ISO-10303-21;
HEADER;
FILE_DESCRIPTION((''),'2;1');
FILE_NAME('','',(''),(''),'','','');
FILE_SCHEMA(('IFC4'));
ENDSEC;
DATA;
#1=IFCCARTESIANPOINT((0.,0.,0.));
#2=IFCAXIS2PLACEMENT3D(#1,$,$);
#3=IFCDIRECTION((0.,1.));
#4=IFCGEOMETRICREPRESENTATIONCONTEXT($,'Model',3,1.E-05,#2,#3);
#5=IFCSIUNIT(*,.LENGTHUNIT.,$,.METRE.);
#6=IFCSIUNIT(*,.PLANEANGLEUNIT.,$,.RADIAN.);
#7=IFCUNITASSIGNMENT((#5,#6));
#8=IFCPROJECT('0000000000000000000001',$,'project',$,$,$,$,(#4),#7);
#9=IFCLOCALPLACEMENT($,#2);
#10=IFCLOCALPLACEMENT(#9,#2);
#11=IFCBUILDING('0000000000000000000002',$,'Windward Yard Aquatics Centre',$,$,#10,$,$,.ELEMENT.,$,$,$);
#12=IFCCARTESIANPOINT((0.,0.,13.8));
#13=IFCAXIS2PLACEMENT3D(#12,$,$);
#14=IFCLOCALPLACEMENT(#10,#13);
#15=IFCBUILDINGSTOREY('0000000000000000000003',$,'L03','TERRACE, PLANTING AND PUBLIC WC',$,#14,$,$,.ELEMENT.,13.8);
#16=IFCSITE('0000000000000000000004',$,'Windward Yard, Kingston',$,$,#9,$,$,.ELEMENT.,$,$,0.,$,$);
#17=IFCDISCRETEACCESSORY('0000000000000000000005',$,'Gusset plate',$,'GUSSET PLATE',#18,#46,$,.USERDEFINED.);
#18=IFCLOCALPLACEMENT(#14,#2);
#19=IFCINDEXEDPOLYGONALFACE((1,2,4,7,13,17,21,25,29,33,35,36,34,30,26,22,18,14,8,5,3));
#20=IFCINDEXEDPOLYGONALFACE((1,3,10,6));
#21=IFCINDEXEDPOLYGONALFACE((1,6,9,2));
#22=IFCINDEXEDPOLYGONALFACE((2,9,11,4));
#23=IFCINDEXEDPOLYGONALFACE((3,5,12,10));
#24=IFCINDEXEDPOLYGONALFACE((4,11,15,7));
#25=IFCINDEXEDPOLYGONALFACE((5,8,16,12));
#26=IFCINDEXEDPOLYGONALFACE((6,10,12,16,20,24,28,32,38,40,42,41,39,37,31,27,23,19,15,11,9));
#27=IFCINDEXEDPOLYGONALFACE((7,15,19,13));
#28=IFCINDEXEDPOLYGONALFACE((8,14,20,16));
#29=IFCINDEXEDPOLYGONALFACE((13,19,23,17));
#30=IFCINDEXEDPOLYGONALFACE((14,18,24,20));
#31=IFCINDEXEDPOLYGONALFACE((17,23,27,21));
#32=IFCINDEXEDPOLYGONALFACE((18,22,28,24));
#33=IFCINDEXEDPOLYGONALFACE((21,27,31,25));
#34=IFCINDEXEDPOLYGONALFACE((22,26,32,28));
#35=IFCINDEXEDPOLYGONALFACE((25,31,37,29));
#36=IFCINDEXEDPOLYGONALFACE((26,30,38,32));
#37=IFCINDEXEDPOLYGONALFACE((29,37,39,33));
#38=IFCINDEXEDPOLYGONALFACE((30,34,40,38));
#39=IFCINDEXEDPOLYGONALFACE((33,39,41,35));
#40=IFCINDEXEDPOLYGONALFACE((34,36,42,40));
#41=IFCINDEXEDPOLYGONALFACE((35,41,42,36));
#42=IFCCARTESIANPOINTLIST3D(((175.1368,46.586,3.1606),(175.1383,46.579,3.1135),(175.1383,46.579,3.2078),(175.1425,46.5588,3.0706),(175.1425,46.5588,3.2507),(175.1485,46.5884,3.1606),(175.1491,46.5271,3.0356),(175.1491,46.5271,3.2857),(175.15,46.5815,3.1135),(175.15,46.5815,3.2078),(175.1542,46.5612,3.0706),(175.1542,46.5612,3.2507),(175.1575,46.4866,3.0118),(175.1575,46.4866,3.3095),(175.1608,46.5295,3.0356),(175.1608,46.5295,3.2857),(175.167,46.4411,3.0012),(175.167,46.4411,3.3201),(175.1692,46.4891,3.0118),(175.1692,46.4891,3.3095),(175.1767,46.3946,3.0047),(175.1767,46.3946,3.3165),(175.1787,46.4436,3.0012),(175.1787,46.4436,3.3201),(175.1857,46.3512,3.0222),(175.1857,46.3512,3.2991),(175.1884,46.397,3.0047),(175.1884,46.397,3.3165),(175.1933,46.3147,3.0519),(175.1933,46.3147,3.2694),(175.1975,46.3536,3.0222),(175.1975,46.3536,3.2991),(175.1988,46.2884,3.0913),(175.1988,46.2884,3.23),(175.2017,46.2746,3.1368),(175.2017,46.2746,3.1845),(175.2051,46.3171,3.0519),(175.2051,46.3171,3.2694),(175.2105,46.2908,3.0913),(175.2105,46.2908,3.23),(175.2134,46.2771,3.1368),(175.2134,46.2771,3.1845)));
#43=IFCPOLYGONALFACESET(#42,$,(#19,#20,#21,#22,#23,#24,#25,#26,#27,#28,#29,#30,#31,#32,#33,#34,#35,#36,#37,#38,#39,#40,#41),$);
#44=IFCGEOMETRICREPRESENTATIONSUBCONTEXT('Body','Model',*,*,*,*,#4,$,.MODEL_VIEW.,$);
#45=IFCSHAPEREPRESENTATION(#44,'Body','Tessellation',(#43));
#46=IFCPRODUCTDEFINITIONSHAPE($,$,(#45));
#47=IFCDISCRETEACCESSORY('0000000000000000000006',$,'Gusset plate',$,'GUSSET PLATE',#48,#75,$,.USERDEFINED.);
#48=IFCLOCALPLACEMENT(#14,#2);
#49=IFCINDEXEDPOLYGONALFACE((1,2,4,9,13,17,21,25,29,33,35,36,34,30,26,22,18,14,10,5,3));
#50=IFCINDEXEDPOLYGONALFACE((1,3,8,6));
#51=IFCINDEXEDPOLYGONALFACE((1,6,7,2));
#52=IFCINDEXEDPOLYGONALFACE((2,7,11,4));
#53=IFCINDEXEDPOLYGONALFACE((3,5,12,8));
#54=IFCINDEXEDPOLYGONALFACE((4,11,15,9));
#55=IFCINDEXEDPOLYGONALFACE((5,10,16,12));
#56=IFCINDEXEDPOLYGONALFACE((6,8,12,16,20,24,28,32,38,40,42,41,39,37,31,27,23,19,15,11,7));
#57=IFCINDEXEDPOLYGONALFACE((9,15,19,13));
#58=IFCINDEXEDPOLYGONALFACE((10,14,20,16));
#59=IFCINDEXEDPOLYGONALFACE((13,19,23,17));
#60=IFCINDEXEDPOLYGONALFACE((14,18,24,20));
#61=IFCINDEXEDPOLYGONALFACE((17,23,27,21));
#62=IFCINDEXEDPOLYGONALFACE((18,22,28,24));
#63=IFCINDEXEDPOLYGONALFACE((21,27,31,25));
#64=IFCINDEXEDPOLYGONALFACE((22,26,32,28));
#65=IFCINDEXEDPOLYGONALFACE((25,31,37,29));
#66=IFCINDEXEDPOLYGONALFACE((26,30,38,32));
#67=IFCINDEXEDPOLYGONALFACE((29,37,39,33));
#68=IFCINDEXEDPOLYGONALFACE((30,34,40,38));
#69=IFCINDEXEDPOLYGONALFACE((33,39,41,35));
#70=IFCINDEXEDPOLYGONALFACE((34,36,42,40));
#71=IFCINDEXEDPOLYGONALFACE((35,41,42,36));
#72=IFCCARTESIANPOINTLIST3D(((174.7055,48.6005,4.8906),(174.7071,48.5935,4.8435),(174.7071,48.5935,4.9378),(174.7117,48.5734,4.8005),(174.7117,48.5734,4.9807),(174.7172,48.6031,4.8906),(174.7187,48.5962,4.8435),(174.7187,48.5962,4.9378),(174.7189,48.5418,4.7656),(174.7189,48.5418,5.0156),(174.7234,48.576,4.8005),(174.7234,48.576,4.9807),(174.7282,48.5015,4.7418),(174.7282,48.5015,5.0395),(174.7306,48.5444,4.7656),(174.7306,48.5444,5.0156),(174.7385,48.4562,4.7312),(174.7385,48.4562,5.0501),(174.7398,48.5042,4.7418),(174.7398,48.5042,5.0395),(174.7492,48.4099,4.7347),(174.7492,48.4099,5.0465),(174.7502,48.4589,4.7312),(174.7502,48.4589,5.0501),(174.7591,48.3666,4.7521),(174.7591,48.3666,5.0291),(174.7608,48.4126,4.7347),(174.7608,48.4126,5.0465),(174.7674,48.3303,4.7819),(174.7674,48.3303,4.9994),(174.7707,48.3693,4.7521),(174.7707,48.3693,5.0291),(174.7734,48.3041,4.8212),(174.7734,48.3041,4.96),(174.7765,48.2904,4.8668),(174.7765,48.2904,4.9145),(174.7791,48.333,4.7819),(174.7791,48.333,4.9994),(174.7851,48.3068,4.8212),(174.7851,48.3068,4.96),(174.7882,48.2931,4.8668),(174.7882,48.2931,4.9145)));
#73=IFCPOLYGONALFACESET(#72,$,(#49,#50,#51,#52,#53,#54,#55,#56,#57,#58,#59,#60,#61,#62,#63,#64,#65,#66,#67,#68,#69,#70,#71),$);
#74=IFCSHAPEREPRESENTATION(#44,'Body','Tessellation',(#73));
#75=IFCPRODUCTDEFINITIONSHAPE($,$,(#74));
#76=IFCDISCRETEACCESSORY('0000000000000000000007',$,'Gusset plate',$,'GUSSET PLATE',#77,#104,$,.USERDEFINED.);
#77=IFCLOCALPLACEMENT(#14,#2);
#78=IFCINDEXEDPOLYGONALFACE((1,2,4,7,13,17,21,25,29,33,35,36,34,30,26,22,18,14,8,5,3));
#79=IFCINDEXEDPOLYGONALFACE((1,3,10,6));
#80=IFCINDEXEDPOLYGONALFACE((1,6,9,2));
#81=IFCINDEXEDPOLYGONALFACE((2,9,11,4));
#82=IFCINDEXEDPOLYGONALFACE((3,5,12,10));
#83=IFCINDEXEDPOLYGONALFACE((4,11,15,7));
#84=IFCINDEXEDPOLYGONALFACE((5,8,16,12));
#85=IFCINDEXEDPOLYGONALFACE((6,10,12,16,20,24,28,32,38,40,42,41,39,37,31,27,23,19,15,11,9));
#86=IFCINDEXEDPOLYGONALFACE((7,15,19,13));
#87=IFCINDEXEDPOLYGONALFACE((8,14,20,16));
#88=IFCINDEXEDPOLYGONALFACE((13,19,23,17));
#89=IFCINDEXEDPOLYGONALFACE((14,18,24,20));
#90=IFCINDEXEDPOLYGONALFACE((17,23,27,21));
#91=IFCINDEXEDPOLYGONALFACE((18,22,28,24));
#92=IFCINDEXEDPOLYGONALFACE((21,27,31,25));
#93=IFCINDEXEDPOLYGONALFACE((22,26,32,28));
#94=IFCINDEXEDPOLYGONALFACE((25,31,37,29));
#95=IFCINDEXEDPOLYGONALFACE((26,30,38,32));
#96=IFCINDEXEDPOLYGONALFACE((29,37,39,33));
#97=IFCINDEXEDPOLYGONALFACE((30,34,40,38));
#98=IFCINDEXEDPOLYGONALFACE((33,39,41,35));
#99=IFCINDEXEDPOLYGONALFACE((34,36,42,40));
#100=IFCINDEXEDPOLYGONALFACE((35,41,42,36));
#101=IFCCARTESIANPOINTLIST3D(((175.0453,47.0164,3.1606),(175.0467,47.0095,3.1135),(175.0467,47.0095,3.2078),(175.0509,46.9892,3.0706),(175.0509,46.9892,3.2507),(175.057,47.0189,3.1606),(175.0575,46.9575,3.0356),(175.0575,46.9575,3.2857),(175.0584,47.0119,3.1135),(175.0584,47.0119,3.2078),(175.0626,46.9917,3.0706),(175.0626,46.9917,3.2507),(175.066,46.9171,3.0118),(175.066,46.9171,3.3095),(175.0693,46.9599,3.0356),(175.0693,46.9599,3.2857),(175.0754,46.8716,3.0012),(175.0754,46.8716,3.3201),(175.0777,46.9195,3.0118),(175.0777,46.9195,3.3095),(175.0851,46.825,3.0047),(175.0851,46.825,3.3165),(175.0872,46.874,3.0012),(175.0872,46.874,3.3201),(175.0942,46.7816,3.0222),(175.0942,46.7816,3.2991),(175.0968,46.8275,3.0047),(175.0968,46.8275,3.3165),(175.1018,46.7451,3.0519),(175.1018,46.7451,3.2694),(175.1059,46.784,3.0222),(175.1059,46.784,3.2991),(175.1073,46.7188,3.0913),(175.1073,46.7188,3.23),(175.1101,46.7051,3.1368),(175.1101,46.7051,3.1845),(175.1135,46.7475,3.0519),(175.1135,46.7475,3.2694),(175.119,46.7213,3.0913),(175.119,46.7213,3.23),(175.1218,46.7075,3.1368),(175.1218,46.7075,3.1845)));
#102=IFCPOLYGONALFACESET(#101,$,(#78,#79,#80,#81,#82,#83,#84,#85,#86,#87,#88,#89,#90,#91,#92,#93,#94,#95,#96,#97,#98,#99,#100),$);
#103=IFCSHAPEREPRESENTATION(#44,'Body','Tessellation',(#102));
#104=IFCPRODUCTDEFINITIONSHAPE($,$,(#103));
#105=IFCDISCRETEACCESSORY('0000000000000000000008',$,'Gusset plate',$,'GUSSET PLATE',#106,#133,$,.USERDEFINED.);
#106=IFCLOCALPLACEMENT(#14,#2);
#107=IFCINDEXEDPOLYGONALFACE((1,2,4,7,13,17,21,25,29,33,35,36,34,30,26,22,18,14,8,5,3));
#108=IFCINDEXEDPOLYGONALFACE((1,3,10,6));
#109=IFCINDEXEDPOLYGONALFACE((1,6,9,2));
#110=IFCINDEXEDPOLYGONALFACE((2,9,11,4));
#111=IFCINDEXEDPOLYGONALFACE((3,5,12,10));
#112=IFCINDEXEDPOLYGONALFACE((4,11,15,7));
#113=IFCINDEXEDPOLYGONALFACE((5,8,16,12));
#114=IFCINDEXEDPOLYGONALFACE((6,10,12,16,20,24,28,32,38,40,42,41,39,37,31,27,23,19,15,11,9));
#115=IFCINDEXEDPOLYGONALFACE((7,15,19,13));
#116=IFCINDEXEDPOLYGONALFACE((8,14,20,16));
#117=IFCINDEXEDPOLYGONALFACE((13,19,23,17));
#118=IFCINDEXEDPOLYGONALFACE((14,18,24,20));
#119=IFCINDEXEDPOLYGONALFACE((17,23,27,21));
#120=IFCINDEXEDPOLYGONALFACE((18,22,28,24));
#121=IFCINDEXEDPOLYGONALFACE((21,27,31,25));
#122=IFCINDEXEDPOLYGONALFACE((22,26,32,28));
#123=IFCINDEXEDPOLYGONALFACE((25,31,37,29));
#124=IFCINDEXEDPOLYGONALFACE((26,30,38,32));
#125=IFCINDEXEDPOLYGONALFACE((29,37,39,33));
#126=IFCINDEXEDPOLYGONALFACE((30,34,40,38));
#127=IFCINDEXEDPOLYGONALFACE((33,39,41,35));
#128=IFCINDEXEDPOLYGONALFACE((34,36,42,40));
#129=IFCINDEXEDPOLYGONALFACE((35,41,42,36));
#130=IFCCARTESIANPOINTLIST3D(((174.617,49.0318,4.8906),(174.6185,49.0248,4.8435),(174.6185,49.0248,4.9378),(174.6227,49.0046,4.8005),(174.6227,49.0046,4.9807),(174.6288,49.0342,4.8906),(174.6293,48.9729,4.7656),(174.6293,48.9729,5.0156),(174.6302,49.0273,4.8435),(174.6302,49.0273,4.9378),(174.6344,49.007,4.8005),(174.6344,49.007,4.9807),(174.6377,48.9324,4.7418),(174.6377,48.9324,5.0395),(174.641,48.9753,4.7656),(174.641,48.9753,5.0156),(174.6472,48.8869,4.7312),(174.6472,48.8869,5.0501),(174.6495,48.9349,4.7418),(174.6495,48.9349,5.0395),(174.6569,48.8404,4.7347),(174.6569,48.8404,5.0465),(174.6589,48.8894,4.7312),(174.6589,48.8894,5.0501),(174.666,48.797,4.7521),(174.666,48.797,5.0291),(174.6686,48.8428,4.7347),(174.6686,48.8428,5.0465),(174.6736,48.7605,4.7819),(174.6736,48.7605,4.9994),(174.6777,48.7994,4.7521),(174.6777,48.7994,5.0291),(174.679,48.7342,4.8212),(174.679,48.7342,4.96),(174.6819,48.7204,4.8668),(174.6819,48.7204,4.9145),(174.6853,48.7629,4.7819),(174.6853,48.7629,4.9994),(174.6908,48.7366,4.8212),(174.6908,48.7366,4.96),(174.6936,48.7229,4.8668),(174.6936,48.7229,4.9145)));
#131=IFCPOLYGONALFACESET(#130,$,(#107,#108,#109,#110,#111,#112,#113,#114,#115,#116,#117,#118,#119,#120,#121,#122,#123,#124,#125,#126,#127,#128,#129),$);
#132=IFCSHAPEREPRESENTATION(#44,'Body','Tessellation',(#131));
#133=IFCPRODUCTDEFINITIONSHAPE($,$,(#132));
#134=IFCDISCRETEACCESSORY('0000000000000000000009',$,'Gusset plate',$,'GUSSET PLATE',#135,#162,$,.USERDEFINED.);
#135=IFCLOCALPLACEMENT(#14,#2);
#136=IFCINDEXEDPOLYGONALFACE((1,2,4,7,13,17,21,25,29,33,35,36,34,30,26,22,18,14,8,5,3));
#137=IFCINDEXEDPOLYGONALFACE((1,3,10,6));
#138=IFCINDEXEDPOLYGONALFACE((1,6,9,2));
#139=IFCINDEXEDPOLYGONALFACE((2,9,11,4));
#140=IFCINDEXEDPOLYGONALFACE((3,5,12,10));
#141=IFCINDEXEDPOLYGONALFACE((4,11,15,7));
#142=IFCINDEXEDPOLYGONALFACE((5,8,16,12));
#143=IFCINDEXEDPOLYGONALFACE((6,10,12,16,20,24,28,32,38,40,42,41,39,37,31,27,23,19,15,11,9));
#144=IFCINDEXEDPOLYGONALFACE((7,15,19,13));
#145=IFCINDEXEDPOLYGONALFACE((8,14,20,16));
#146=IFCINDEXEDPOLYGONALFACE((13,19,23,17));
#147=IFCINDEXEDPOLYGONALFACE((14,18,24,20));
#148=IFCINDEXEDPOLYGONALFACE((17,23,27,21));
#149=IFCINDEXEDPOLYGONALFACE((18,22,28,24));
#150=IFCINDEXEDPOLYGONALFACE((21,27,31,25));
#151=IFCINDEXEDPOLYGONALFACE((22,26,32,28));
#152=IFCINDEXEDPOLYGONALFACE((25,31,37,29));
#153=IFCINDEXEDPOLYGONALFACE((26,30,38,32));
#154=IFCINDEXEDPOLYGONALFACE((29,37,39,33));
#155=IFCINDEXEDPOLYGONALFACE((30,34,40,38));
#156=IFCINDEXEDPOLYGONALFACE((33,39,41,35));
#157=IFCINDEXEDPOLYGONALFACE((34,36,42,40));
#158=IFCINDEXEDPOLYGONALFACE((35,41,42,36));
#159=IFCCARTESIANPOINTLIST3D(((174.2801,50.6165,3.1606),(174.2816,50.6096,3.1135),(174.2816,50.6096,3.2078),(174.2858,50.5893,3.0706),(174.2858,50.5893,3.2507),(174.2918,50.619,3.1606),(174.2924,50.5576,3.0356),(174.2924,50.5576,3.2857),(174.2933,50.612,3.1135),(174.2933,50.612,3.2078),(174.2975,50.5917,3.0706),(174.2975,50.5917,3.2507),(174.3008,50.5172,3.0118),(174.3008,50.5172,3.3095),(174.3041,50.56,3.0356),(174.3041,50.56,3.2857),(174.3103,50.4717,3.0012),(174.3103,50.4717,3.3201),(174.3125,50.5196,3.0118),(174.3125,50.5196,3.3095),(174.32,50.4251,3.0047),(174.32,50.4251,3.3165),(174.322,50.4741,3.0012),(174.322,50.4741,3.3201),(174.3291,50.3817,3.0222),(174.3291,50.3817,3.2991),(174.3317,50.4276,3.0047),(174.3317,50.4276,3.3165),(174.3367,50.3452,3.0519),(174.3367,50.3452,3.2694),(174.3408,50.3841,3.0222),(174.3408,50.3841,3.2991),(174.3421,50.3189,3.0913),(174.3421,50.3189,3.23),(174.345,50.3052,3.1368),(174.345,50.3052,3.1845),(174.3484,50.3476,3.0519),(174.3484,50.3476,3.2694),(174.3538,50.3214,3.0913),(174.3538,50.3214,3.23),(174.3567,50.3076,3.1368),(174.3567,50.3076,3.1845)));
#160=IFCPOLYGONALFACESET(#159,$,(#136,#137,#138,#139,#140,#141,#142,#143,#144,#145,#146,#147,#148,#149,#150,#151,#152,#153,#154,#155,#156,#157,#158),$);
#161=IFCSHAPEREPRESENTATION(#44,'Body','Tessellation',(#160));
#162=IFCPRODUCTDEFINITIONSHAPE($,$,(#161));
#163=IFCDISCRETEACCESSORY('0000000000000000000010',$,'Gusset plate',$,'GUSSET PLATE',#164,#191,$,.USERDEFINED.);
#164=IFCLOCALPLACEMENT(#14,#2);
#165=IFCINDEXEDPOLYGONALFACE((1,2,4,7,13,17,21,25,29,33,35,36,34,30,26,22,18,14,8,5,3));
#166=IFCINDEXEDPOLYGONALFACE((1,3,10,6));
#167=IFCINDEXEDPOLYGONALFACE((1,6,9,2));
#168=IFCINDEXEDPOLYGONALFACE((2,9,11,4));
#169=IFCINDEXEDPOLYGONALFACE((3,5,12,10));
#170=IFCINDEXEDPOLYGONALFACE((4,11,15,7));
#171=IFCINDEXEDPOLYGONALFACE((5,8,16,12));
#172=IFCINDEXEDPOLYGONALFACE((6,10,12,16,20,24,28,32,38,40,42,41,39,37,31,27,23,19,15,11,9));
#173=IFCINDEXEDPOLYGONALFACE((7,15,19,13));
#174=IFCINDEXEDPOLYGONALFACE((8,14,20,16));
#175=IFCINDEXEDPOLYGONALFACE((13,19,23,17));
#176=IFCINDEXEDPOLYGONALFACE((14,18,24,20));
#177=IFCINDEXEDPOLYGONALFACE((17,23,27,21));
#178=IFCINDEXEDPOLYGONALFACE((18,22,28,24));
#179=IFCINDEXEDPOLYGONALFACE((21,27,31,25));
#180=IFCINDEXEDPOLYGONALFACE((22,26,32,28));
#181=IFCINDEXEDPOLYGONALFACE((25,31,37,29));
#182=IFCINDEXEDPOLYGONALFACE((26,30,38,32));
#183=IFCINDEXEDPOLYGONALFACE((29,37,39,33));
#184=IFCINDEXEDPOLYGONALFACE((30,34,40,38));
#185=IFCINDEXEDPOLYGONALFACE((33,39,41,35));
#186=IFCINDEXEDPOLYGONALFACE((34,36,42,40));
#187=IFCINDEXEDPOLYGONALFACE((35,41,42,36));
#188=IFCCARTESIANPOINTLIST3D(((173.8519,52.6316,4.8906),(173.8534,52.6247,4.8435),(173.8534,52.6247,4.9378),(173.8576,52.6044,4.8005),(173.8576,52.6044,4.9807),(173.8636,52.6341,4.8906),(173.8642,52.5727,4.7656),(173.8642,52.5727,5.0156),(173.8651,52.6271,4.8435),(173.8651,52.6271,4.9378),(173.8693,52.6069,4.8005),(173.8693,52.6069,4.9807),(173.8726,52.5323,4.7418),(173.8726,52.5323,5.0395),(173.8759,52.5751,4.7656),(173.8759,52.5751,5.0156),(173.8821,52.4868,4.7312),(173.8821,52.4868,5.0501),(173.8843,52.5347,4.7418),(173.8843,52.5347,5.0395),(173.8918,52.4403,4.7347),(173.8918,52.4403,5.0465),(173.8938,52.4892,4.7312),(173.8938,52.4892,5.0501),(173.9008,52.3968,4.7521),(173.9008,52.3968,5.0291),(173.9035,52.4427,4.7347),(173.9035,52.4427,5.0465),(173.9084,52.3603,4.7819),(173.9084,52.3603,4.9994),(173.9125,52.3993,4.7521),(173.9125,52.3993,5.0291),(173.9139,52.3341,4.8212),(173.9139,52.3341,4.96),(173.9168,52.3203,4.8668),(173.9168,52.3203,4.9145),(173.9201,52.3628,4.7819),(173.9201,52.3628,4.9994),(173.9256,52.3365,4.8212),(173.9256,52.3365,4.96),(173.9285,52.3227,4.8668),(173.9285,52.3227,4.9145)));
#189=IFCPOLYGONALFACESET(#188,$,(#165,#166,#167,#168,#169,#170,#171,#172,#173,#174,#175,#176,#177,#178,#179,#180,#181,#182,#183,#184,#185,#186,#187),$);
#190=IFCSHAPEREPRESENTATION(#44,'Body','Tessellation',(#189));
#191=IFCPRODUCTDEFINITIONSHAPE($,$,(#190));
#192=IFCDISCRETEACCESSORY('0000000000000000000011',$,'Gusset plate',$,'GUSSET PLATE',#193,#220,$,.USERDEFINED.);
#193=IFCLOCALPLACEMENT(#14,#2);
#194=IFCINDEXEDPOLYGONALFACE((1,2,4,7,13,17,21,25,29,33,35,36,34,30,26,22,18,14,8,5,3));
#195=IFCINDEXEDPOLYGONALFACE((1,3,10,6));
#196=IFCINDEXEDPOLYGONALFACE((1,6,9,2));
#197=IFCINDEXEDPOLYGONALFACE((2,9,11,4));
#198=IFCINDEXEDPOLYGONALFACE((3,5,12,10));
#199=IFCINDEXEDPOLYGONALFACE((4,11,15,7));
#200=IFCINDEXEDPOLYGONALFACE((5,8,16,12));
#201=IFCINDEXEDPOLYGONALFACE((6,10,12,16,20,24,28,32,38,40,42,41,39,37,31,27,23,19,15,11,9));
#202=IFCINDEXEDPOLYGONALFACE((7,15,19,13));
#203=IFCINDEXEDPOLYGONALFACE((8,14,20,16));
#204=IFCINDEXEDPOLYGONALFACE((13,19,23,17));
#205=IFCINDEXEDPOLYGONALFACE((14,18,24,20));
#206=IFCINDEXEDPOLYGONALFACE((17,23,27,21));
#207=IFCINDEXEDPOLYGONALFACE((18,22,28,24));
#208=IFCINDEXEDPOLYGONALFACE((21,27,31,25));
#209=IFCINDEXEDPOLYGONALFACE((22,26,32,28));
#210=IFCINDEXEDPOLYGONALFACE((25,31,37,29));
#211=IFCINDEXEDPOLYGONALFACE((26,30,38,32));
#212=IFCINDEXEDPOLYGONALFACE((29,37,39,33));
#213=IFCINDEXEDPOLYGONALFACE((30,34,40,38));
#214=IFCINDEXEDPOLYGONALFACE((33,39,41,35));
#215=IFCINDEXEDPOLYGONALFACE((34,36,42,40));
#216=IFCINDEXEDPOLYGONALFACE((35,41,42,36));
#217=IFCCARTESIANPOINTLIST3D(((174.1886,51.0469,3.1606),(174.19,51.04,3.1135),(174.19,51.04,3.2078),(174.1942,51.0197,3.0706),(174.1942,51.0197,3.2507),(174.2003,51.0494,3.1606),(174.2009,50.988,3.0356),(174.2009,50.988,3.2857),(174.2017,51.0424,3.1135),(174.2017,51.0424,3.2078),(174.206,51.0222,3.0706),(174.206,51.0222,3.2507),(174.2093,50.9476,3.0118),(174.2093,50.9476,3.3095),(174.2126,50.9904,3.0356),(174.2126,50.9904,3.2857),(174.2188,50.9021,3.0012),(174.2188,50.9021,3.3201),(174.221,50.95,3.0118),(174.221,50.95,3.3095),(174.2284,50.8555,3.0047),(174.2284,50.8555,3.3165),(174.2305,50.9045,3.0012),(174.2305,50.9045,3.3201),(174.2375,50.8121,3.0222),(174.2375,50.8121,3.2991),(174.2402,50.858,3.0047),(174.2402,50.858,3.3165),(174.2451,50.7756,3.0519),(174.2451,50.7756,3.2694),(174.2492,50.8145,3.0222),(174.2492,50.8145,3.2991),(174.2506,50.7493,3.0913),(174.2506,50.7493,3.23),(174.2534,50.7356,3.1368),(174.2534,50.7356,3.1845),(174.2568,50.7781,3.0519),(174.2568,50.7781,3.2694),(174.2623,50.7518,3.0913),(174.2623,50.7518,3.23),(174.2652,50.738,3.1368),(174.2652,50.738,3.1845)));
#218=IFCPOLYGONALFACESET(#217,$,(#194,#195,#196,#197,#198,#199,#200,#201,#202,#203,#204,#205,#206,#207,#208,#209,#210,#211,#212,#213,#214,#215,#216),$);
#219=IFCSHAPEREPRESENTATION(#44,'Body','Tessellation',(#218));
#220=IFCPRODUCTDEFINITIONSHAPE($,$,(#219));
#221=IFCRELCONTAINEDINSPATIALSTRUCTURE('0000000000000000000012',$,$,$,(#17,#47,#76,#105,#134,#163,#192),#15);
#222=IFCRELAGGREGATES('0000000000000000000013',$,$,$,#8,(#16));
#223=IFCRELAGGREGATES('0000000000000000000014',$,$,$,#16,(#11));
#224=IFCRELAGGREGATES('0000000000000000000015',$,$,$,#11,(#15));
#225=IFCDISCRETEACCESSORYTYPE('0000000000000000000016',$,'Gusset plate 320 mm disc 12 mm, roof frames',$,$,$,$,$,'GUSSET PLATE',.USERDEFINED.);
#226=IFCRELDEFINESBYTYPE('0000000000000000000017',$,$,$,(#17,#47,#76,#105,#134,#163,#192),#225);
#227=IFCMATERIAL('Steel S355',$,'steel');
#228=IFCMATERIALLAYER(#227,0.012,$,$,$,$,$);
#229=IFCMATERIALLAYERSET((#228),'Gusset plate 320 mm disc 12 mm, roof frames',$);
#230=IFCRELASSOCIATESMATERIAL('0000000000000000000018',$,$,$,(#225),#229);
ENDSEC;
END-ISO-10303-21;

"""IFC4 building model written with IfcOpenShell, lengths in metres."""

from ifc_helpers import new_model, si_unit, direction, frame, origin, origin_2d, place, context, subcontext, project, spatial, circle, extrude, material, layer, layer_set, type_object, element, save


model = new_model("IFC4")

# Units and contexts
model_context = context("Model", 3, precision=1e-05, world=origin(), true_north=direction((0.0, 1.0)))
body_context = subcontext(model_context, "Body", "Model", "MODEL_VIEW")
ifc_project = project(units=[si_unit("LENGTHUNIT", "METRE"), si_unit("PLANEANGLEUNIT", "RADIAN")], contexts=[model_context])

# Site, building, storey
site_placement = place(None, origin())
site = spatial("IfcSite", under=ifc_project, at=site_placement, Name="Windward Yard, Kingston", CompositionType="ELEMENT", RefElevation=0.0)
building_placement = place(site_placement, origin())
building = spatial("IfcBuilding", under=site, at=building_placement, Name="Windward Yard Aquatics Centre", CompositionType="ELEMENT")
storey_placement = place(building_placement, frame((0.0, 0.0, 13.8)))
storey = spatial("IfcBuildingStorey", under=building, at=storey_placement, Name="L03", Description="TERRACE, PLANTING AND PUBLIC WC", CompositionType="ELEMENT", Elevation=13.8)

# Discrete accessories
ifc_material_1 = material(Name="Steel S355", Category="steel")
ifc_layer_1 = layer(ifc_material_1, 0.012)
ifc_layer_set_1 = layer_set([ifc_layer_1], Name="Gusset plate 320 mm disc 12 mm, roof frames")
discrete_accessory_type_1 = type_object("IfcDiscreteAccessoryType", Name="Gusset plate 320 mm disc 12 mm, roof frames", ElementType="GUSSET PLATE", PredefinedType="USERDEFINED", material=ifc_layer_set_1)
for number, where, z_axis, x_axis, name in (
    (1, (175.1694, 46.4294, 3.1606), (0.97898, 0.203954, 0.0), (-0.203954, 0.97898, 0.0), "Gusset plate"),
    (2, (174.7412, 48.4446, 4.8906), (0.974732, 0.223376, 0.0), (-0.223376, 0.974732, 0.0), "Gusset plate"),
    (3, (175.0779, 46.8599, 3.1606), (0.97898, 0.203954, 0.0), (-0.203954, 0.97898, 0.0), "Gusset plate"),
    (4, (174.6497, 48.8752, 4.8906), (0.97898, 0.203954, 0.0), (-0.203954, 0.97898, 0.0), "Gusset plate"),
    (5, (174.3127, 50.46, 3.1606), (0.97898, 0.203954, 0.0), (-0.203954, 0.97898, 0.0), "Gusset plate"),
    (6, (173.8845, 52.4751, 4.8906), (0.97898, 0.203954, 0.0), (-0.203954, 0.97898, 0.0), "Gusset plate"),
    (7, (174.2212, 50.8904, 3.1606), (0.97898, 0.203954, 0.0), (-0.203954, 0.97898, 0.0), "Gusset plate"),
):
    element("IfcDiscreteAccessory", number, at=place(storey_placement, frame(where, z_axis=z_axis, x_axis=x_axis)), inside=storey, type_object=discrete_accessory_type_1, Name=name, ObjectType="GUSSET PLATE", PredefinedType="USERDEFINED", context=body_context, shape_type="SweptSolid", body=[
        extrude(circle(Radius=0.1599, at=origin_2d()), origin(), (0.0, 0.0, 1.0), 0.012),
    ])

save(model, "model.ifc")
